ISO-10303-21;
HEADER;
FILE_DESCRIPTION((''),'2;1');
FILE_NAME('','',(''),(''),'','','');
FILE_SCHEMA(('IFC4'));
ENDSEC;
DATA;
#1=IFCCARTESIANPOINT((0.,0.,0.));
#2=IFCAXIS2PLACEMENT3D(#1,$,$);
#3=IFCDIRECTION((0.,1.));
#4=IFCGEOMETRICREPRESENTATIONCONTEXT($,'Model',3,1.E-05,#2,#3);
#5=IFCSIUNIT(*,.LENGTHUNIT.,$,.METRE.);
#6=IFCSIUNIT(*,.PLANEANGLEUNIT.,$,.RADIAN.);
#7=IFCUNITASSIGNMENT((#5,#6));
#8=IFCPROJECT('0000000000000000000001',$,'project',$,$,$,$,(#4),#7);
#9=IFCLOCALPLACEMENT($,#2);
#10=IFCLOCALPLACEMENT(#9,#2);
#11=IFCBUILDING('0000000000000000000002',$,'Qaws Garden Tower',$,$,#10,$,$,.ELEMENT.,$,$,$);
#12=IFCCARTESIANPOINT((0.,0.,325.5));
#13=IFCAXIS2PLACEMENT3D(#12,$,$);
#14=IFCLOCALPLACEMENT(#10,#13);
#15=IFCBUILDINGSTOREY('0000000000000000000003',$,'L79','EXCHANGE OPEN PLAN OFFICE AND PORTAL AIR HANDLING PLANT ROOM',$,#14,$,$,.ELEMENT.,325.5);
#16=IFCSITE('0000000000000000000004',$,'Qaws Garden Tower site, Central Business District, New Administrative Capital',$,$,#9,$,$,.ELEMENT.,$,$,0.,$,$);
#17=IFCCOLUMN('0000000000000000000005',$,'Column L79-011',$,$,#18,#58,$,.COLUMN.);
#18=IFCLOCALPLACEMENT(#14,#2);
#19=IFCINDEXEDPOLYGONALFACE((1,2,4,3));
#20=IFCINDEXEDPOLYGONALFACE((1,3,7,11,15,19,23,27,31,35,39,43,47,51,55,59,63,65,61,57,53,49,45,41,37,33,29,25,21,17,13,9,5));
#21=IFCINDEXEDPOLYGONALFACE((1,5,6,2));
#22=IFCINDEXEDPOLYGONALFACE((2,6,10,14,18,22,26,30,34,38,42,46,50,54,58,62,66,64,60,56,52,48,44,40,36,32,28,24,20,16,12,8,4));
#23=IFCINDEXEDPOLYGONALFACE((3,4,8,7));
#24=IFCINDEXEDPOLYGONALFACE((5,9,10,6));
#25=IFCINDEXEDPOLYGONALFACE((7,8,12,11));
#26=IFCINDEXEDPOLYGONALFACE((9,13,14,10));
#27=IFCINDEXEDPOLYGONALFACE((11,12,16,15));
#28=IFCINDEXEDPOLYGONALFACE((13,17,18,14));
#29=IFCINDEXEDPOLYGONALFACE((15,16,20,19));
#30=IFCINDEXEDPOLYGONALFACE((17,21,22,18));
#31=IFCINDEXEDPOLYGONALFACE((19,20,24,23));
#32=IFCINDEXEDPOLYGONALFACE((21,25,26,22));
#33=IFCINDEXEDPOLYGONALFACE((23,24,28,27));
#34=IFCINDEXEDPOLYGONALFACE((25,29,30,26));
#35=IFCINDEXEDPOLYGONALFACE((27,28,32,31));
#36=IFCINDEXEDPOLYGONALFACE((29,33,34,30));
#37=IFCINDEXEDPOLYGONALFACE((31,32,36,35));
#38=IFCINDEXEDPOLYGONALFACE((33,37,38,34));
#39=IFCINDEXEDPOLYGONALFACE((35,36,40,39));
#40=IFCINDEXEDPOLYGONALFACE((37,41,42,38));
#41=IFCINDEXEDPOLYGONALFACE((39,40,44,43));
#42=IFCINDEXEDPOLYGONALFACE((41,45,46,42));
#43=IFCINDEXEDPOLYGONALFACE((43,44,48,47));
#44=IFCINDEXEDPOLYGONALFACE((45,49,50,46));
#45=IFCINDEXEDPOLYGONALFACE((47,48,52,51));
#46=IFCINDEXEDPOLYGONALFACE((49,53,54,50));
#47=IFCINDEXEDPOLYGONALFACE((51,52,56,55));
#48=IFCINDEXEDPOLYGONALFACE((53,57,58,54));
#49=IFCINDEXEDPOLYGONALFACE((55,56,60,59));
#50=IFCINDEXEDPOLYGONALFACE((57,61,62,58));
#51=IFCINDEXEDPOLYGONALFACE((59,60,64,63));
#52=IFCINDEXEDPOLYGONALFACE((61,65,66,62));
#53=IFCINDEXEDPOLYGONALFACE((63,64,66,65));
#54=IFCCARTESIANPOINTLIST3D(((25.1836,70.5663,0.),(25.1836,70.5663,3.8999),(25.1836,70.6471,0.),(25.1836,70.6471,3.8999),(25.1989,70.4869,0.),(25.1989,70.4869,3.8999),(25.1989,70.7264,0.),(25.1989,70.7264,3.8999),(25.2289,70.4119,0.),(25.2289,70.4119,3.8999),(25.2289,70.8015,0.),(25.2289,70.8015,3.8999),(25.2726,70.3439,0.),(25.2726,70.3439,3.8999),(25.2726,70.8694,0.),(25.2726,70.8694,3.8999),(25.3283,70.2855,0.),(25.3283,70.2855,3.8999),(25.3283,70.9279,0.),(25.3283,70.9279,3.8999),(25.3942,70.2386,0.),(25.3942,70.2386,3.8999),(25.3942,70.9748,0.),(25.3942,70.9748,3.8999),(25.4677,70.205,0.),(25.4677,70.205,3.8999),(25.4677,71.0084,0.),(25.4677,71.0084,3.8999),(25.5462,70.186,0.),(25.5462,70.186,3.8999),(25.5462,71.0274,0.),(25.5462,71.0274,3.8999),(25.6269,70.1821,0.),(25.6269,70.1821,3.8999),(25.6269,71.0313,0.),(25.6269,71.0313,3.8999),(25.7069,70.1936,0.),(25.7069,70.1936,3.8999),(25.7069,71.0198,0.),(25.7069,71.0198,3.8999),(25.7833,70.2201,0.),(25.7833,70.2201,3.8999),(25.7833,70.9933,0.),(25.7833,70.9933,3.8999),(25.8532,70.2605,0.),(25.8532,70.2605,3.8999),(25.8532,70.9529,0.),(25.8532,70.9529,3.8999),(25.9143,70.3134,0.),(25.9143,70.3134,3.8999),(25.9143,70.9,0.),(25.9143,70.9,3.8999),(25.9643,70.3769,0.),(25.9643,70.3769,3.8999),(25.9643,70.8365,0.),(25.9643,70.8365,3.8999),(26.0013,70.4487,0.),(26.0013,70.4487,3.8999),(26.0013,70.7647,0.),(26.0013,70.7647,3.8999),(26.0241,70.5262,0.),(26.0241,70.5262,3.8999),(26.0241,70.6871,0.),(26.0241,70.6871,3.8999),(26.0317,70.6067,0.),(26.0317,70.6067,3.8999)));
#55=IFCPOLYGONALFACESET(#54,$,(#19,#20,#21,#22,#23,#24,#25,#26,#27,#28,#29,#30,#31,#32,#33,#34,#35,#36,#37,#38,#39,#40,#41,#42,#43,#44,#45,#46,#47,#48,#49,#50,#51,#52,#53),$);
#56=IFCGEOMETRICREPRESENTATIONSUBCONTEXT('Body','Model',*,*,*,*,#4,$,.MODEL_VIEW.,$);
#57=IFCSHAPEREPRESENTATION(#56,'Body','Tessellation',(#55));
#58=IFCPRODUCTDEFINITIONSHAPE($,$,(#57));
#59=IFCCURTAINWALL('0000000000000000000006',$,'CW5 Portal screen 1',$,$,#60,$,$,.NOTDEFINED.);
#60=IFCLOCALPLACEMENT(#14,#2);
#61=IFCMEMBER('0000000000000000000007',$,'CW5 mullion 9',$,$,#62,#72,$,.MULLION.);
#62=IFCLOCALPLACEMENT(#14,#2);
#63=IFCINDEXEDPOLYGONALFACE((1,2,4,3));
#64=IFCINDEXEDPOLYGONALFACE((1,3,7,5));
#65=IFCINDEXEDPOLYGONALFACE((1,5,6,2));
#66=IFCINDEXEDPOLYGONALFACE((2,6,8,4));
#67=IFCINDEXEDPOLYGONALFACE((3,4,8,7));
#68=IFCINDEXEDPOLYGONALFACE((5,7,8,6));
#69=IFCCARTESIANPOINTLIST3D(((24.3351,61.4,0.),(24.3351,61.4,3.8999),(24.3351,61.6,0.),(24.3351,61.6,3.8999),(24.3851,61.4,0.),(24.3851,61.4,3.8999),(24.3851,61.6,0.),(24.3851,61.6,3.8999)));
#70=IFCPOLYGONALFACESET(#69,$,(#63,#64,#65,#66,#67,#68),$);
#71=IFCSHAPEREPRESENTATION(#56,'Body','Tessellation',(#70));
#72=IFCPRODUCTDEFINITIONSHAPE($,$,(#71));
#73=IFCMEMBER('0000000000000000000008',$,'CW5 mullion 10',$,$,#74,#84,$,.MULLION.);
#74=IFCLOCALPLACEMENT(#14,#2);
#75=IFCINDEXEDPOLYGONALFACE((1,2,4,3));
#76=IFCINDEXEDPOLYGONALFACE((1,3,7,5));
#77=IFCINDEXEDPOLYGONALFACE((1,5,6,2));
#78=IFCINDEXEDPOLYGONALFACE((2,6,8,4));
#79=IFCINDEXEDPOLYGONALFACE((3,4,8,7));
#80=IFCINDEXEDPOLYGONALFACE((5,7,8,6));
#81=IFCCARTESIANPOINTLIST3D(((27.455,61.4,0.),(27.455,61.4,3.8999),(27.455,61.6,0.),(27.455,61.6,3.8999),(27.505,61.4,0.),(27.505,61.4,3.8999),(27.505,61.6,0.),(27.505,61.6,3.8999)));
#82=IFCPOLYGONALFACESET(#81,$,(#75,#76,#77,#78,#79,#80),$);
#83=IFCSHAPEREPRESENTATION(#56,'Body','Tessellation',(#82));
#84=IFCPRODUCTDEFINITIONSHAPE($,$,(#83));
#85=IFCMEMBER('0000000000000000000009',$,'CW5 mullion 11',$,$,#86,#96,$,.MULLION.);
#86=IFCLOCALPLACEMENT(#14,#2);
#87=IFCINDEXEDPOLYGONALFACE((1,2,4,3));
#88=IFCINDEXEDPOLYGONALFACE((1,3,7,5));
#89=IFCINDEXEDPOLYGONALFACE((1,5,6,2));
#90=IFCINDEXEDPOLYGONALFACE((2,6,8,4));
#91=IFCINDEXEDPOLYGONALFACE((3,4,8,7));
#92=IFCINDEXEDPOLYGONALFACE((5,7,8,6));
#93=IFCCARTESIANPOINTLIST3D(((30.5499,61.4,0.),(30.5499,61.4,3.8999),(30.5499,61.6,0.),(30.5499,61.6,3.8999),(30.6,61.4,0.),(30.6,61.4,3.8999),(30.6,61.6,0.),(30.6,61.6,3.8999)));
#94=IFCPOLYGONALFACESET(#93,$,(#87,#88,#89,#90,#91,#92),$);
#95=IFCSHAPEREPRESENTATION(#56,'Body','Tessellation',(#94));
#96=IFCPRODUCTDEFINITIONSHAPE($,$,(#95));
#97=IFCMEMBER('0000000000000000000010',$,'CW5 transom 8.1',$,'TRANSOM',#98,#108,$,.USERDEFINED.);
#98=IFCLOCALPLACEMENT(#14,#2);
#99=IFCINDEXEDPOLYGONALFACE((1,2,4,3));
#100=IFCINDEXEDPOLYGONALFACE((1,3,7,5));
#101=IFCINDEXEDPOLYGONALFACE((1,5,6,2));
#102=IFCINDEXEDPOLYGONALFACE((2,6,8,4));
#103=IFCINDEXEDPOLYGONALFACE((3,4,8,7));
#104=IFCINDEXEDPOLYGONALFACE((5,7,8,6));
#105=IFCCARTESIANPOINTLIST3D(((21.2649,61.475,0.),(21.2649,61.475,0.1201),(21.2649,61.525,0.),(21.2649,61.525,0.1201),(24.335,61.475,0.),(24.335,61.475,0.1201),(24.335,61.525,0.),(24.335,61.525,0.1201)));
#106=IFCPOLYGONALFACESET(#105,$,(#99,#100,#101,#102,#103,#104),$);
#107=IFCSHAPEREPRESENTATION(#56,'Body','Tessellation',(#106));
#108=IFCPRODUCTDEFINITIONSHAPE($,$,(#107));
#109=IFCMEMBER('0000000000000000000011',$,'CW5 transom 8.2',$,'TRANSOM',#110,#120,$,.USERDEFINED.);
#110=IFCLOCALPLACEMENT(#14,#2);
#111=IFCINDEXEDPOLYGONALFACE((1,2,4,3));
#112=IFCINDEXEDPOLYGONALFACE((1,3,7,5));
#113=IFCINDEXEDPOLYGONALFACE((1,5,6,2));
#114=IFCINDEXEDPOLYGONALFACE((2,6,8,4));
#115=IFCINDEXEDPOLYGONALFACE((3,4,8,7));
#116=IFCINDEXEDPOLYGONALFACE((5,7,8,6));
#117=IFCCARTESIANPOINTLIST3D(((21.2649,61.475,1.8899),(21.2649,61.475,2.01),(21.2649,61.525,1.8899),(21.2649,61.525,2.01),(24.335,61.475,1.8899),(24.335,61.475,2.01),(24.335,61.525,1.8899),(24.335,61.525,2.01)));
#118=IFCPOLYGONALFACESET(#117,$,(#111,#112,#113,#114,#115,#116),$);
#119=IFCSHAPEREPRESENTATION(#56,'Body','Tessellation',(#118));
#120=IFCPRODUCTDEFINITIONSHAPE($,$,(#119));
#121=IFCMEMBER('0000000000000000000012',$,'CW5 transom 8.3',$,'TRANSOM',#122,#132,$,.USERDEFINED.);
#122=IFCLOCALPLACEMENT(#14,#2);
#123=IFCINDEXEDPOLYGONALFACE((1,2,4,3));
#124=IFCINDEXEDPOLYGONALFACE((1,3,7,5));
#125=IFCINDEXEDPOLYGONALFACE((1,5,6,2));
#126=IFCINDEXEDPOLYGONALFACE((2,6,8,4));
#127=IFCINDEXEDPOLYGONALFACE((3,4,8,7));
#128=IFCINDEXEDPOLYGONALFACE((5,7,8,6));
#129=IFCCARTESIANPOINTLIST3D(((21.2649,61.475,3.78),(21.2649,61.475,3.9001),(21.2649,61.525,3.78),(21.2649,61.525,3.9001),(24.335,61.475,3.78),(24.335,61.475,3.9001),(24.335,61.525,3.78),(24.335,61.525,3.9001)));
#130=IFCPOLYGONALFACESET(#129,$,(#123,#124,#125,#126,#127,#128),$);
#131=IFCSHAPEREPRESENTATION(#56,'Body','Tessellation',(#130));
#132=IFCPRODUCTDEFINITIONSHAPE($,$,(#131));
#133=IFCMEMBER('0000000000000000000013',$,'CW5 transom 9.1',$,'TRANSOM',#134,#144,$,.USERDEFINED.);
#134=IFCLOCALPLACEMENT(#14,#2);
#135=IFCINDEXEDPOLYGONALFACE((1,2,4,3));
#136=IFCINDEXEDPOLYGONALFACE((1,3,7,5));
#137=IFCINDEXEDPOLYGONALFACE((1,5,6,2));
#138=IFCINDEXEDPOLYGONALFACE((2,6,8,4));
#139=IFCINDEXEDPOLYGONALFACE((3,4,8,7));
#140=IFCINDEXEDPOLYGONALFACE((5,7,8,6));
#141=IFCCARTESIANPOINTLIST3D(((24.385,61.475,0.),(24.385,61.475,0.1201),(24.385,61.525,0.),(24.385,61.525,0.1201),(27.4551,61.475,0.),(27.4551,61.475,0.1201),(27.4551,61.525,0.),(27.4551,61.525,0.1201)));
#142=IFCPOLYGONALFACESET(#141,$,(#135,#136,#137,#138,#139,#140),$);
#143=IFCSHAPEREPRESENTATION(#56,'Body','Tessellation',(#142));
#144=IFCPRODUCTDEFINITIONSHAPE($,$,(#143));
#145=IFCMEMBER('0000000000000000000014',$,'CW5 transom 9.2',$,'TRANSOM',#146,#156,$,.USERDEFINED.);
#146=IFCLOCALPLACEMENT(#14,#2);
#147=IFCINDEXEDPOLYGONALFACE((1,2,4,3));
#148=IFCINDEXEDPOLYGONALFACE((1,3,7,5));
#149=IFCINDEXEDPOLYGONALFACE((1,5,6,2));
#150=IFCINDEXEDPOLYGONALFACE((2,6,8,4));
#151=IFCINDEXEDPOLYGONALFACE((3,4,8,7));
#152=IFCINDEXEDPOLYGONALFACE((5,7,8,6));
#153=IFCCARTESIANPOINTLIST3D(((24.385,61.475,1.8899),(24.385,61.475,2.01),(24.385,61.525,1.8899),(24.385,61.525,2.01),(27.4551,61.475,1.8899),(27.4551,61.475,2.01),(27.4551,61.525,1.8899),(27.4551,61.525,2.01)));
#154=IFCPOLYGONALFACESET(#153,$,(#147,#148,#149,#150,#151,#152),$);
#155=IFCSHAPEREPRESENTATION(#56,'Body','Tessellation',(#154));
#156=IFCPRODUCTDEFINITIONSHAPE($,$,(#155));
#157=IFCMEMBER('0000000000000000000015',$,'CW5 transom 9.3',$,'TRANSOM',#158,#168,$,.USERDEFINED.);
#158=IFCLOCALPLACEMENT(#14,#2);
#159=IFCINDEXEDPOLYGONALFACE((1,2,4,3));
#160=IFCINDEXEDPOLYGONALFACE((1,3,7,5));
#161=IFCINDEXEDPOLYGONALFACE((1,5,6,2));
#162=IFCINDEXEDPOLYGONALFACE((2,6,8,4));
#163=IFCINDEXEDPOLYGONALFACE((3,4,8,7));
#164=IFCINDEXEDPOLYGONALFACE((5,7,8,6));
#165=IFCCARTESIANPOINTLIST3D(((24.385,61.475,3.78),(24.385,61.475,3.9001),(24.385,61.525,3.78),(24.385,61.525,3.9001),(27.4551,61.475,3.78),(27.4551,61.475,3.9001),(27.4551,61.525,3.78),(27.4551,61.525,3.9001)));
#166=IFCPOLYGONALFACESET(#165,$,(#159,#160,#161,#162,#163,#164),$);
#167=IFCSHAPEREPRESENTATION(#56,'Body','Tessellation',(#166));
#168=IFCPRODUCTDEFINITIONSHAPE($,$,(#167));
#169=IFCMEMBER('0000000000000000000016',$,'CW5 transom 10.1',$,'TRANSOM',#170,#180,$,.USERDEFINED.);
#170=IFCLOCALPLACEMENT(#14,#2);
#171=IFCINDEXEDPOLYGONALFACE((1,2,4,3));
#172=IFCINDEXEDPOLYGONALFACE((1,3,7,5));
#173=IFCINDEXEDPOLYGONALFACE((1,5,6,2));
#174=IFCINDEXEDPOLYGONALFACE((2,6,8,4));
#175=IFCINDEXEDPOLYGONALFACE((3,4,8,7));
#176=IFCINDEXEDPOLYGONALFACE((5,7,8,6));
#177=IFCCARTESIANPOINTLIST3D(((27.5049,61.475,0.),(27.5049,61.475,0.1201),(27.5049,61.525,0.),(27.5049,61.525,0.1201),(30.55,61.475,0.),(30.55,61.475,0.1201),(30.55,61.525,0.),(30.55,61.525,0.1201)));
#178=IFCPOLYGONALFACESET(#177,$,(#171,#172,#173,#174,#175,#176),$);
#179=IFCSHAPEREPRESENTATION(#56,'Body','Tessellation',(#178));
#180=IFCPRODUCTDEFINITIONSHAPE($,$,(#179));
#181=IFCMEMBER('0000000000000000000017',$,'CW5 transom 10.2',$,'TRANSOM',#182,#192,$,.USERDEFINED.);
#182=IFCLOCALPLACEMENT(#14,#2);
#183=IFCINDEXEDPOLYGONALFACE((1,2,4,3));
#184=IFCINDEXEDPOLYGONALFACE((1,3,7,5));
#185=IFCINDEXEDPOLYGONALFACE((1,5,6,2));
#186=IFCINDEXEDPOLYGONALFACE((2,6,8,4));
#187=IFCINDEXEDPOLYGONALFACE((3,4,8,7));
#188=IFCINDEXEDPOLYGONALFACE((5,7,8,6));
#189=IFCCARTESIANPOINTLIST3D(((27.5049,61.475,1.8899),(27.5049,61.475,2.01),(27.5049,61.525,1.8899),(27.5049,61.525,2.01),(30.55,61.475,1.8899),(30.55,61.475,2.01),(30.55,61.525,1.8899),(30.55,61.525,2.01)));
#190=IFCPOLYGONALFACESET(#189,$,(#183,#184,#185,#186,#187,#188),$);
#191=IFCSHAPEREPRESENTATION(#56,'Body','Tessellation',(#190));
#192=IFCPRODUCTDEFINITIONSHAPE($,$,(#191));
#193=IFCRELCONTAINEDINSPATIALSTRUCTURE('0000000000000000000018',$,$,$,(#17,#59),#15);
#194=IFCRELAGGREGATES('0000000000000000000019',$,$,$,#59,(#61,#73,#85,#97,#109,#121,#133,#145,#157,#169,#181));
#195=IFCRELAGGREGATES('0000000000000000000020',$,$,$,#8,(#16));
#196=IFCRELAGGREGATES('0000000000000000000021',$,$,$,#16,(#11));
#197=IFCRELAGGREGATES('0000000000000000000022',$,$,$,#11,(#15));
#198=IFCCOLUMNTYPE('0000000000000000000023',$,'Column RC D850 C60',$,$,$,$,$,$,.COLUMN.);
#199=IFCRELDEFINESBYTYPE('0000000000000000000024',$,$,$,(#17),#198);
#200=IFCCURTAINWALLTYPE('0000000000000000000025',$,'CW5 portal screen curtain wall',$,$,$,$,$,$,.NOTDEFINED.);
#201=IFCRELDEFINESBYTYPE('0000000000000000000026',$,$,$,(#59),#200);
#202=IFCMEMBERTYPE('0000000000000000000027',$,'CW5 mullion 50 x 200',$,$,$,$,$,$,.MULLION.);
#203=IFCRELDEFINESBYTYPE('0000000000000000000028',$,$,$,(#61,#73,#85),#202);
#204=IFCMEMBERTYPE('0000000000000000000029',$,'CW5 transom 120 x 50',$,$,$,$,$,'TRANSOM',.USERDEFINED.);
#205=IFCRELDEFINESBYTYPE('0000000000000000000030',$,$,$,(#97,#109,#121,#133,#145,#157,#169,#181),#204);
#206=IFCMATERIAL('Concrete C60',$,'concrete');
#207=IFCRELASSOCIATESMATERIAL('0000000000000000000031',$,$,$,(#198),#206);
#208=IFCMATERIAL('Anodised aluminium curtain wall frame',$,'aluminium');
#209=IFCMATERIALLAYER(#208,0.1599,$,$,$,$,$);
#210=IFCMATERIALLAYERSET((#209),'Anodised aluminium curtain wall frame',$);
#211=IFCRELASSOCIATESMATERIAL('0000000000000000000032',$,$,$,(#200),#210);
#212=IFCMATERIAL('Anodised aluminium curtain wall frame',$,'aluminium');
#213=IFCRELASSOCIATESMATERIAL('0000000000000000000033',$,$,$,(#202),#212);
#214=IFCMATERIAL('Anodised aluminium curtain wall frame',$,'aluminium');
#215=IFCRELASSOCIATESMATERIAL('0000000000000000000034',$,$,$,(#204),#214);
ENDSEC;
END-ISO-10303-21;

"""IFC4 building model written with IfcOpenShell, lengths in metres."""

from ifc_helpers import new_model, si_unit, direction, frame, origin, origin_2d, place, context, subcontext, project, spatial, rectangle, circle, extrude, material, layer, layer_set, material_profile, profile_set, type_object, element, aggregate, save


model = new_model("IFC4")

# Units and contexts
model_context = context("Model", 3, precision=1e-05, world=origin(), true_north=direction((0.0, 1.0)))
body_context = subcontext(model_context, "Body", "Model", "MODEL_VIEW")
ifc_project = project(units=[si_unit("LENGTHUNIT", "METRE"), si_unit("PLANEANGLEUNIT", "RADIAN")], contexts=[model_context])

# Site, building, storey
site_placement = place(None, origin())
site = spatial("IfcSite", under=ifc_project, at=site_placement, Name="Qaws Garden Tower site, Central Business District, New Administrative Capital", CompositionType="ELEMENT", RefElevation=0.0)
building_placement = place(site_placement, origin())
building = spatial("IfcBuilding", under=site, at=building_placement, Name="Qaws Garden Tower", CompositionType="ELEMENT")
storey_placement = place(building_placement, frame((0.0, 0.0, 325.5)))
storey = spatial("IfcBuildingStorey", under=building, at=storey_placement, Name="L79", Description="EXCHANGE OPEN PLAN OFFICE AND PORTAL AIR HANDLING PLANT ROOM", CompositionType="ELEMENT", Elevation=325.5)

# Column
ifc_material_1 = material(Name="Concrete C60", Category="concrete")
ifc_material_profile_1 = material_profile(ifc_material_1, circle(Radius=0.425, at=origin_2d()), Name="RC D850")
ifc_profile_set_1 = profile_set([ifc_material_profile_1], Name="Concrete C60")
column_type = type_object("IfcColumnType", Name="Column RC D850 C60", PredefinedType="COLUMN", material=ifc_profile_set_1)
column_placement = place(storey_placement, frame((25.6067, 70.6067, 0.0), z_axis=(0.0, 0.0, 1.0), x_axis=(1.0, 0.0, 0.0)))
element("IfcColumn", 1, at=column_placement, inside=storey, type_object=column_type, Name="Column L79-011", PredefinedType="COLUMN", context=body_context, shape_type="SweptSolid", body=[
    extrude(circle(Radius=0.425, at=origin_2d()), origin(), (0.0, 0.0, 1.0), 3.8999),
])

# Curtain wall, members
ifc_material_2 = material(Name="Anodised aluminium curtain wall frame", Category="aluminium")
ifc_layer_1 = layer(ifc_material_2, 0.1599)
ifc_layer_set_1 = layer_set([ifc_layer_1], Name="Anodised aluminium curtain wall frame")
curtain_wall_type = type_object("IfcCurtainWallType", Name="CW5 portal screen curtain wall", PredefinedType="NOTDEFINED", material=ifc_layer_set_1)
curtain_wall_placement = place(storey_placement, origin())
curtain_wall = element("IfcCurtainWall", 2, at=curtain_wall_placement, inside=storey, type_object=curtain_wall_type, Name="CW5 Portal screen 1", PredefinedType="NOTDEFINED")
ifc_material_3 = material(Name="Anodised aluminium curtain wall frame", Category="aluminium")
ifc_material_profile_2 = material_profile(ifc_material_3, rectangle(XDim=0.2, YDim=0.05, at=origin_2d()), Name="AL 50x200")
ifc_profile_set_2 = profile_set([ifc_material_profile_2], Name="Anodised aluminium curtain wall frame")
member_type_1 = type_object("IfcMemberType", Name="CW5 mullion 50 x 200", PredefinedType="MULLION", material=ifc_profile_set_2)
member_1_placement = place(storey_placement, frame((24.3601, 61.5, 0.0), z_axis=(0.0, 0.0, 1.0), x_axis=(0.0, 1.0, 0.0)))
member_1 = element("IfcMember", 3, at=member_1_placement, type_object=member_type_1, Name="CW5 mullion 9", PredefinedType="MULLION", context=body_context, shape_type="SweptSolid", body=[
    extrude(rectangle(XDim=0.2, YDim=0.05, at=origin_2d()), origin(), (0.0, 0.0, 1.0), 3.8999),
])
member_2_placement = place(storey_placement, frame((27.48, 61.5, 0.0), z_axis=(0.0, 0.0, 1.0), x_axis=(0.0, 1.0, 0.0)))
member_2 = element("IfcMember", 4, at=member_2_placement, type_object=member_type_1, Name="CW5 mullion 10", PredefinedType="MULLION", context=body_context, shape_type="SweptSolid", body=[
    extrude(rectangle(XDim=0.2, YDim=0.05, at=origin_2d()), origin(), (0.0, 0.0, 1.0), 3.8999),
])
member_3_placement = place(storey_placement, frame((30.575, 61.5, 0.0), z_axis=(0.0, 0.0, 1.0), x_axis=(0.0, 1.0, 0.0)))
member_3 = element("IfcMember", 5, at=member_3_placement, type_object=member_type_1, Name="CW5 mullion 11", PredefinedType="MULLION", context=body_context, shape_type="SweptSolid", body=[
    extrude(rectangle(XDim=0.2, YDim=0.05, at=origin_2d()), origin(), (0.0, 0.0, 1.0), 3.8999),
])
ifc_material_4 = material(Name="Anodised aluminium curtain wall frame", Category="aluminium")
ifc_material_profile_3 = material_profile(ifc_material_4, rectangle(XDim=0.05, YDim=0.1201, at=origin_2d()), Name="AL 50x120")
ifc_profile_set_3 = profile_set([ifc_material_profile_3], Name="Anodised aluminium curtain wall frame")
member_type_2 = type_object("IfcMemberType", Name="CW5 transom 120 x 50", ElementType="TRANSOM", PredefinedType="USERDEFINED", material=ifc_profile_set_3)
member_4_placement = place(storey_placement, frame((21.2649, 61.5, 0.0601), z_axis=(1.0, 0.0, 0.0), x_axis=(0.0, 1.0, 0.0)))
member_4 = element("IfcMember", 6, at=member_4_placement, type_object=member_type_2, Name="CW5 transom 8.1", ObjectType="TRANSOM", PredefinedType="USERDEFINED", context=body_context, shape_type="SweptSolid", body=[
    extrude(rectangle(XDim=0.05, YDim=0.1201, at=origin_2d()), origin(), (0.0, 0.0, 1.0), 3.0701),
])
member_5_placement = place(storey_placement, frame((21.2649, 61.5, 1.95), z_axis=(1.0, 0.0, 0.0), x_axis=(0.0, 1.0, 0.0)))
member_5 = element("IfcMember", 7, at=member_5_placement, type_object=member_type_2, Name="CW5 transom 8.2", ObjectType="TRANSOM", PredefinedType="USERDEFINED", context=body_context, shape_type="SweptSolid", body=[
    extrude(rectangle(XDim=0.05, YDim=0.1201, at=origin_2d()), origin(), (0.0, 0.0, 1.0), 3.0701),
])
member_6_placement = place(storey_placement, frame((21.2649, 61.5, 3.8401), z_axis=(1.0, 0.0, 0.0), x_axis=(0.0, 1.0, 0.0)))
member_6 = element("IfcMember", 8, at=member_6_placement, type_object=member_type_2, Name="CW5 transom 8.3", ObjectType="TRANSOM", PredefinedType="USERDEFINED", context=body_context, shape_type="SweptSolid", body=[
    extrude(rectangle(XDim=0.05, YDim=0.1201, at=origin_2d()), origin(), (0.0, 0.0, 1.0), 3.0701),
])
member_7_placement = place(storey_placement, frame((24.385, 61.5, 0.0601), z_axis=(1.0, 0.0, 0.0), x_axis=(0.0, 1.0, 0.0)))
member_7 = element("IfcMember", 9, at=member_7_placement, type_object=member_type_2, Name="CW5 transom 9.1", ObjectType="TRANSOM", PredefinedType="USERDEFINED", context=body_context, shape_type="SweptSolid", body=[
    extrude(rectangle(XDim=0.05, YDim=0.1201, at=origin_2d()), origin(), (0.0, 0.0, 1.0), 3.0701),
])
member_8_placement = place(storey_placement, frame((24.385, 61.5, 1.95), z_axis=(1.0, 0.0, 0.0), x_axis=(0.0, 1.0, 0.0)))
member_8 = element("IfcMember", 10, at=member_8_placement, type_object=member_type_2, Name="CW5 transom 9.2", ObjectType="TRANSOM", PredefinedType="USERDEFINED", context=body_context, shape_type="SweptSolid", body=[
    extrude(rectangle(XDim=0.05, YDim=0.1201, at=origin_2d()), origin(), (0.0, 0.0, 1.0), 3.0701),
])
member_9_placement = place(storey_placement, frame((24.385, 61.5, 3.8401), z_axis=(1.0, 0.0, 0.0), x_axis=(0.0, 1.0, 0.0)))
member_9 = element("IfcMember", 11, at=member_9_placement, type_object=member_type_2, Name="CW5 transom 9.3", ObjectType="TRANSOM", PredefinedType="USERDEFINED", context=body_context, shape_type="SweptSolid", body=[
    extrude(rectangle(XDim=0.05, YDim=0.1201, at=origin_2d()), origin(), (0.0, 0.0, 1.0), 3.0701),
])
member_10_placement = place(storey_placement, frame((27.5049, 61.5, 0.0601), z_axis=(1.0, 0.0, 0.0), x_axis=(0.0, 1.0, 0.0)))
member_10 = element("IfcMember", 12, at=member_10_placement, type_object=member_type_2, Name="CW5 transom 10.1", ObjectType="TRANSOM", PredefinedType="USERDEFINED", context=body_context, shape_type="SweptSolid", body=[
    extrude(rectangle(XDim=0.05, YDim=0.1201, at=origin_2d()), origin(), (0.0, 0.0, 1.0), 3.0452),
])
member_11_placement = place(storey_placement, frame((27.5049, 61.5, 1.95), z_axis=(1.0, 0.0, 0.0), x_axis=(0.0, 1.0, 0.0)))
member_11 = element("IfcMember", 13, at=member_11_placement, type_object=member_type_2, Name="CW5 transom 10.2", ObjectType="TRANSOM", PredefinedType="USERDEFINED", context=body_context, shape_type="SweptSolid", body=[
    extrude(rectangle(XDim=0.05, YDim=0.1201, at=origin_2d()), origin(), (0.0, 0.0, 1.0), 3.0452),
])

aggregate(curtain_wall, [member_1, member_2, member_3, member_4, member_5, member_6, member_7, member_8, member_9, member_10, member_11])

save(model, "model.ifc")
